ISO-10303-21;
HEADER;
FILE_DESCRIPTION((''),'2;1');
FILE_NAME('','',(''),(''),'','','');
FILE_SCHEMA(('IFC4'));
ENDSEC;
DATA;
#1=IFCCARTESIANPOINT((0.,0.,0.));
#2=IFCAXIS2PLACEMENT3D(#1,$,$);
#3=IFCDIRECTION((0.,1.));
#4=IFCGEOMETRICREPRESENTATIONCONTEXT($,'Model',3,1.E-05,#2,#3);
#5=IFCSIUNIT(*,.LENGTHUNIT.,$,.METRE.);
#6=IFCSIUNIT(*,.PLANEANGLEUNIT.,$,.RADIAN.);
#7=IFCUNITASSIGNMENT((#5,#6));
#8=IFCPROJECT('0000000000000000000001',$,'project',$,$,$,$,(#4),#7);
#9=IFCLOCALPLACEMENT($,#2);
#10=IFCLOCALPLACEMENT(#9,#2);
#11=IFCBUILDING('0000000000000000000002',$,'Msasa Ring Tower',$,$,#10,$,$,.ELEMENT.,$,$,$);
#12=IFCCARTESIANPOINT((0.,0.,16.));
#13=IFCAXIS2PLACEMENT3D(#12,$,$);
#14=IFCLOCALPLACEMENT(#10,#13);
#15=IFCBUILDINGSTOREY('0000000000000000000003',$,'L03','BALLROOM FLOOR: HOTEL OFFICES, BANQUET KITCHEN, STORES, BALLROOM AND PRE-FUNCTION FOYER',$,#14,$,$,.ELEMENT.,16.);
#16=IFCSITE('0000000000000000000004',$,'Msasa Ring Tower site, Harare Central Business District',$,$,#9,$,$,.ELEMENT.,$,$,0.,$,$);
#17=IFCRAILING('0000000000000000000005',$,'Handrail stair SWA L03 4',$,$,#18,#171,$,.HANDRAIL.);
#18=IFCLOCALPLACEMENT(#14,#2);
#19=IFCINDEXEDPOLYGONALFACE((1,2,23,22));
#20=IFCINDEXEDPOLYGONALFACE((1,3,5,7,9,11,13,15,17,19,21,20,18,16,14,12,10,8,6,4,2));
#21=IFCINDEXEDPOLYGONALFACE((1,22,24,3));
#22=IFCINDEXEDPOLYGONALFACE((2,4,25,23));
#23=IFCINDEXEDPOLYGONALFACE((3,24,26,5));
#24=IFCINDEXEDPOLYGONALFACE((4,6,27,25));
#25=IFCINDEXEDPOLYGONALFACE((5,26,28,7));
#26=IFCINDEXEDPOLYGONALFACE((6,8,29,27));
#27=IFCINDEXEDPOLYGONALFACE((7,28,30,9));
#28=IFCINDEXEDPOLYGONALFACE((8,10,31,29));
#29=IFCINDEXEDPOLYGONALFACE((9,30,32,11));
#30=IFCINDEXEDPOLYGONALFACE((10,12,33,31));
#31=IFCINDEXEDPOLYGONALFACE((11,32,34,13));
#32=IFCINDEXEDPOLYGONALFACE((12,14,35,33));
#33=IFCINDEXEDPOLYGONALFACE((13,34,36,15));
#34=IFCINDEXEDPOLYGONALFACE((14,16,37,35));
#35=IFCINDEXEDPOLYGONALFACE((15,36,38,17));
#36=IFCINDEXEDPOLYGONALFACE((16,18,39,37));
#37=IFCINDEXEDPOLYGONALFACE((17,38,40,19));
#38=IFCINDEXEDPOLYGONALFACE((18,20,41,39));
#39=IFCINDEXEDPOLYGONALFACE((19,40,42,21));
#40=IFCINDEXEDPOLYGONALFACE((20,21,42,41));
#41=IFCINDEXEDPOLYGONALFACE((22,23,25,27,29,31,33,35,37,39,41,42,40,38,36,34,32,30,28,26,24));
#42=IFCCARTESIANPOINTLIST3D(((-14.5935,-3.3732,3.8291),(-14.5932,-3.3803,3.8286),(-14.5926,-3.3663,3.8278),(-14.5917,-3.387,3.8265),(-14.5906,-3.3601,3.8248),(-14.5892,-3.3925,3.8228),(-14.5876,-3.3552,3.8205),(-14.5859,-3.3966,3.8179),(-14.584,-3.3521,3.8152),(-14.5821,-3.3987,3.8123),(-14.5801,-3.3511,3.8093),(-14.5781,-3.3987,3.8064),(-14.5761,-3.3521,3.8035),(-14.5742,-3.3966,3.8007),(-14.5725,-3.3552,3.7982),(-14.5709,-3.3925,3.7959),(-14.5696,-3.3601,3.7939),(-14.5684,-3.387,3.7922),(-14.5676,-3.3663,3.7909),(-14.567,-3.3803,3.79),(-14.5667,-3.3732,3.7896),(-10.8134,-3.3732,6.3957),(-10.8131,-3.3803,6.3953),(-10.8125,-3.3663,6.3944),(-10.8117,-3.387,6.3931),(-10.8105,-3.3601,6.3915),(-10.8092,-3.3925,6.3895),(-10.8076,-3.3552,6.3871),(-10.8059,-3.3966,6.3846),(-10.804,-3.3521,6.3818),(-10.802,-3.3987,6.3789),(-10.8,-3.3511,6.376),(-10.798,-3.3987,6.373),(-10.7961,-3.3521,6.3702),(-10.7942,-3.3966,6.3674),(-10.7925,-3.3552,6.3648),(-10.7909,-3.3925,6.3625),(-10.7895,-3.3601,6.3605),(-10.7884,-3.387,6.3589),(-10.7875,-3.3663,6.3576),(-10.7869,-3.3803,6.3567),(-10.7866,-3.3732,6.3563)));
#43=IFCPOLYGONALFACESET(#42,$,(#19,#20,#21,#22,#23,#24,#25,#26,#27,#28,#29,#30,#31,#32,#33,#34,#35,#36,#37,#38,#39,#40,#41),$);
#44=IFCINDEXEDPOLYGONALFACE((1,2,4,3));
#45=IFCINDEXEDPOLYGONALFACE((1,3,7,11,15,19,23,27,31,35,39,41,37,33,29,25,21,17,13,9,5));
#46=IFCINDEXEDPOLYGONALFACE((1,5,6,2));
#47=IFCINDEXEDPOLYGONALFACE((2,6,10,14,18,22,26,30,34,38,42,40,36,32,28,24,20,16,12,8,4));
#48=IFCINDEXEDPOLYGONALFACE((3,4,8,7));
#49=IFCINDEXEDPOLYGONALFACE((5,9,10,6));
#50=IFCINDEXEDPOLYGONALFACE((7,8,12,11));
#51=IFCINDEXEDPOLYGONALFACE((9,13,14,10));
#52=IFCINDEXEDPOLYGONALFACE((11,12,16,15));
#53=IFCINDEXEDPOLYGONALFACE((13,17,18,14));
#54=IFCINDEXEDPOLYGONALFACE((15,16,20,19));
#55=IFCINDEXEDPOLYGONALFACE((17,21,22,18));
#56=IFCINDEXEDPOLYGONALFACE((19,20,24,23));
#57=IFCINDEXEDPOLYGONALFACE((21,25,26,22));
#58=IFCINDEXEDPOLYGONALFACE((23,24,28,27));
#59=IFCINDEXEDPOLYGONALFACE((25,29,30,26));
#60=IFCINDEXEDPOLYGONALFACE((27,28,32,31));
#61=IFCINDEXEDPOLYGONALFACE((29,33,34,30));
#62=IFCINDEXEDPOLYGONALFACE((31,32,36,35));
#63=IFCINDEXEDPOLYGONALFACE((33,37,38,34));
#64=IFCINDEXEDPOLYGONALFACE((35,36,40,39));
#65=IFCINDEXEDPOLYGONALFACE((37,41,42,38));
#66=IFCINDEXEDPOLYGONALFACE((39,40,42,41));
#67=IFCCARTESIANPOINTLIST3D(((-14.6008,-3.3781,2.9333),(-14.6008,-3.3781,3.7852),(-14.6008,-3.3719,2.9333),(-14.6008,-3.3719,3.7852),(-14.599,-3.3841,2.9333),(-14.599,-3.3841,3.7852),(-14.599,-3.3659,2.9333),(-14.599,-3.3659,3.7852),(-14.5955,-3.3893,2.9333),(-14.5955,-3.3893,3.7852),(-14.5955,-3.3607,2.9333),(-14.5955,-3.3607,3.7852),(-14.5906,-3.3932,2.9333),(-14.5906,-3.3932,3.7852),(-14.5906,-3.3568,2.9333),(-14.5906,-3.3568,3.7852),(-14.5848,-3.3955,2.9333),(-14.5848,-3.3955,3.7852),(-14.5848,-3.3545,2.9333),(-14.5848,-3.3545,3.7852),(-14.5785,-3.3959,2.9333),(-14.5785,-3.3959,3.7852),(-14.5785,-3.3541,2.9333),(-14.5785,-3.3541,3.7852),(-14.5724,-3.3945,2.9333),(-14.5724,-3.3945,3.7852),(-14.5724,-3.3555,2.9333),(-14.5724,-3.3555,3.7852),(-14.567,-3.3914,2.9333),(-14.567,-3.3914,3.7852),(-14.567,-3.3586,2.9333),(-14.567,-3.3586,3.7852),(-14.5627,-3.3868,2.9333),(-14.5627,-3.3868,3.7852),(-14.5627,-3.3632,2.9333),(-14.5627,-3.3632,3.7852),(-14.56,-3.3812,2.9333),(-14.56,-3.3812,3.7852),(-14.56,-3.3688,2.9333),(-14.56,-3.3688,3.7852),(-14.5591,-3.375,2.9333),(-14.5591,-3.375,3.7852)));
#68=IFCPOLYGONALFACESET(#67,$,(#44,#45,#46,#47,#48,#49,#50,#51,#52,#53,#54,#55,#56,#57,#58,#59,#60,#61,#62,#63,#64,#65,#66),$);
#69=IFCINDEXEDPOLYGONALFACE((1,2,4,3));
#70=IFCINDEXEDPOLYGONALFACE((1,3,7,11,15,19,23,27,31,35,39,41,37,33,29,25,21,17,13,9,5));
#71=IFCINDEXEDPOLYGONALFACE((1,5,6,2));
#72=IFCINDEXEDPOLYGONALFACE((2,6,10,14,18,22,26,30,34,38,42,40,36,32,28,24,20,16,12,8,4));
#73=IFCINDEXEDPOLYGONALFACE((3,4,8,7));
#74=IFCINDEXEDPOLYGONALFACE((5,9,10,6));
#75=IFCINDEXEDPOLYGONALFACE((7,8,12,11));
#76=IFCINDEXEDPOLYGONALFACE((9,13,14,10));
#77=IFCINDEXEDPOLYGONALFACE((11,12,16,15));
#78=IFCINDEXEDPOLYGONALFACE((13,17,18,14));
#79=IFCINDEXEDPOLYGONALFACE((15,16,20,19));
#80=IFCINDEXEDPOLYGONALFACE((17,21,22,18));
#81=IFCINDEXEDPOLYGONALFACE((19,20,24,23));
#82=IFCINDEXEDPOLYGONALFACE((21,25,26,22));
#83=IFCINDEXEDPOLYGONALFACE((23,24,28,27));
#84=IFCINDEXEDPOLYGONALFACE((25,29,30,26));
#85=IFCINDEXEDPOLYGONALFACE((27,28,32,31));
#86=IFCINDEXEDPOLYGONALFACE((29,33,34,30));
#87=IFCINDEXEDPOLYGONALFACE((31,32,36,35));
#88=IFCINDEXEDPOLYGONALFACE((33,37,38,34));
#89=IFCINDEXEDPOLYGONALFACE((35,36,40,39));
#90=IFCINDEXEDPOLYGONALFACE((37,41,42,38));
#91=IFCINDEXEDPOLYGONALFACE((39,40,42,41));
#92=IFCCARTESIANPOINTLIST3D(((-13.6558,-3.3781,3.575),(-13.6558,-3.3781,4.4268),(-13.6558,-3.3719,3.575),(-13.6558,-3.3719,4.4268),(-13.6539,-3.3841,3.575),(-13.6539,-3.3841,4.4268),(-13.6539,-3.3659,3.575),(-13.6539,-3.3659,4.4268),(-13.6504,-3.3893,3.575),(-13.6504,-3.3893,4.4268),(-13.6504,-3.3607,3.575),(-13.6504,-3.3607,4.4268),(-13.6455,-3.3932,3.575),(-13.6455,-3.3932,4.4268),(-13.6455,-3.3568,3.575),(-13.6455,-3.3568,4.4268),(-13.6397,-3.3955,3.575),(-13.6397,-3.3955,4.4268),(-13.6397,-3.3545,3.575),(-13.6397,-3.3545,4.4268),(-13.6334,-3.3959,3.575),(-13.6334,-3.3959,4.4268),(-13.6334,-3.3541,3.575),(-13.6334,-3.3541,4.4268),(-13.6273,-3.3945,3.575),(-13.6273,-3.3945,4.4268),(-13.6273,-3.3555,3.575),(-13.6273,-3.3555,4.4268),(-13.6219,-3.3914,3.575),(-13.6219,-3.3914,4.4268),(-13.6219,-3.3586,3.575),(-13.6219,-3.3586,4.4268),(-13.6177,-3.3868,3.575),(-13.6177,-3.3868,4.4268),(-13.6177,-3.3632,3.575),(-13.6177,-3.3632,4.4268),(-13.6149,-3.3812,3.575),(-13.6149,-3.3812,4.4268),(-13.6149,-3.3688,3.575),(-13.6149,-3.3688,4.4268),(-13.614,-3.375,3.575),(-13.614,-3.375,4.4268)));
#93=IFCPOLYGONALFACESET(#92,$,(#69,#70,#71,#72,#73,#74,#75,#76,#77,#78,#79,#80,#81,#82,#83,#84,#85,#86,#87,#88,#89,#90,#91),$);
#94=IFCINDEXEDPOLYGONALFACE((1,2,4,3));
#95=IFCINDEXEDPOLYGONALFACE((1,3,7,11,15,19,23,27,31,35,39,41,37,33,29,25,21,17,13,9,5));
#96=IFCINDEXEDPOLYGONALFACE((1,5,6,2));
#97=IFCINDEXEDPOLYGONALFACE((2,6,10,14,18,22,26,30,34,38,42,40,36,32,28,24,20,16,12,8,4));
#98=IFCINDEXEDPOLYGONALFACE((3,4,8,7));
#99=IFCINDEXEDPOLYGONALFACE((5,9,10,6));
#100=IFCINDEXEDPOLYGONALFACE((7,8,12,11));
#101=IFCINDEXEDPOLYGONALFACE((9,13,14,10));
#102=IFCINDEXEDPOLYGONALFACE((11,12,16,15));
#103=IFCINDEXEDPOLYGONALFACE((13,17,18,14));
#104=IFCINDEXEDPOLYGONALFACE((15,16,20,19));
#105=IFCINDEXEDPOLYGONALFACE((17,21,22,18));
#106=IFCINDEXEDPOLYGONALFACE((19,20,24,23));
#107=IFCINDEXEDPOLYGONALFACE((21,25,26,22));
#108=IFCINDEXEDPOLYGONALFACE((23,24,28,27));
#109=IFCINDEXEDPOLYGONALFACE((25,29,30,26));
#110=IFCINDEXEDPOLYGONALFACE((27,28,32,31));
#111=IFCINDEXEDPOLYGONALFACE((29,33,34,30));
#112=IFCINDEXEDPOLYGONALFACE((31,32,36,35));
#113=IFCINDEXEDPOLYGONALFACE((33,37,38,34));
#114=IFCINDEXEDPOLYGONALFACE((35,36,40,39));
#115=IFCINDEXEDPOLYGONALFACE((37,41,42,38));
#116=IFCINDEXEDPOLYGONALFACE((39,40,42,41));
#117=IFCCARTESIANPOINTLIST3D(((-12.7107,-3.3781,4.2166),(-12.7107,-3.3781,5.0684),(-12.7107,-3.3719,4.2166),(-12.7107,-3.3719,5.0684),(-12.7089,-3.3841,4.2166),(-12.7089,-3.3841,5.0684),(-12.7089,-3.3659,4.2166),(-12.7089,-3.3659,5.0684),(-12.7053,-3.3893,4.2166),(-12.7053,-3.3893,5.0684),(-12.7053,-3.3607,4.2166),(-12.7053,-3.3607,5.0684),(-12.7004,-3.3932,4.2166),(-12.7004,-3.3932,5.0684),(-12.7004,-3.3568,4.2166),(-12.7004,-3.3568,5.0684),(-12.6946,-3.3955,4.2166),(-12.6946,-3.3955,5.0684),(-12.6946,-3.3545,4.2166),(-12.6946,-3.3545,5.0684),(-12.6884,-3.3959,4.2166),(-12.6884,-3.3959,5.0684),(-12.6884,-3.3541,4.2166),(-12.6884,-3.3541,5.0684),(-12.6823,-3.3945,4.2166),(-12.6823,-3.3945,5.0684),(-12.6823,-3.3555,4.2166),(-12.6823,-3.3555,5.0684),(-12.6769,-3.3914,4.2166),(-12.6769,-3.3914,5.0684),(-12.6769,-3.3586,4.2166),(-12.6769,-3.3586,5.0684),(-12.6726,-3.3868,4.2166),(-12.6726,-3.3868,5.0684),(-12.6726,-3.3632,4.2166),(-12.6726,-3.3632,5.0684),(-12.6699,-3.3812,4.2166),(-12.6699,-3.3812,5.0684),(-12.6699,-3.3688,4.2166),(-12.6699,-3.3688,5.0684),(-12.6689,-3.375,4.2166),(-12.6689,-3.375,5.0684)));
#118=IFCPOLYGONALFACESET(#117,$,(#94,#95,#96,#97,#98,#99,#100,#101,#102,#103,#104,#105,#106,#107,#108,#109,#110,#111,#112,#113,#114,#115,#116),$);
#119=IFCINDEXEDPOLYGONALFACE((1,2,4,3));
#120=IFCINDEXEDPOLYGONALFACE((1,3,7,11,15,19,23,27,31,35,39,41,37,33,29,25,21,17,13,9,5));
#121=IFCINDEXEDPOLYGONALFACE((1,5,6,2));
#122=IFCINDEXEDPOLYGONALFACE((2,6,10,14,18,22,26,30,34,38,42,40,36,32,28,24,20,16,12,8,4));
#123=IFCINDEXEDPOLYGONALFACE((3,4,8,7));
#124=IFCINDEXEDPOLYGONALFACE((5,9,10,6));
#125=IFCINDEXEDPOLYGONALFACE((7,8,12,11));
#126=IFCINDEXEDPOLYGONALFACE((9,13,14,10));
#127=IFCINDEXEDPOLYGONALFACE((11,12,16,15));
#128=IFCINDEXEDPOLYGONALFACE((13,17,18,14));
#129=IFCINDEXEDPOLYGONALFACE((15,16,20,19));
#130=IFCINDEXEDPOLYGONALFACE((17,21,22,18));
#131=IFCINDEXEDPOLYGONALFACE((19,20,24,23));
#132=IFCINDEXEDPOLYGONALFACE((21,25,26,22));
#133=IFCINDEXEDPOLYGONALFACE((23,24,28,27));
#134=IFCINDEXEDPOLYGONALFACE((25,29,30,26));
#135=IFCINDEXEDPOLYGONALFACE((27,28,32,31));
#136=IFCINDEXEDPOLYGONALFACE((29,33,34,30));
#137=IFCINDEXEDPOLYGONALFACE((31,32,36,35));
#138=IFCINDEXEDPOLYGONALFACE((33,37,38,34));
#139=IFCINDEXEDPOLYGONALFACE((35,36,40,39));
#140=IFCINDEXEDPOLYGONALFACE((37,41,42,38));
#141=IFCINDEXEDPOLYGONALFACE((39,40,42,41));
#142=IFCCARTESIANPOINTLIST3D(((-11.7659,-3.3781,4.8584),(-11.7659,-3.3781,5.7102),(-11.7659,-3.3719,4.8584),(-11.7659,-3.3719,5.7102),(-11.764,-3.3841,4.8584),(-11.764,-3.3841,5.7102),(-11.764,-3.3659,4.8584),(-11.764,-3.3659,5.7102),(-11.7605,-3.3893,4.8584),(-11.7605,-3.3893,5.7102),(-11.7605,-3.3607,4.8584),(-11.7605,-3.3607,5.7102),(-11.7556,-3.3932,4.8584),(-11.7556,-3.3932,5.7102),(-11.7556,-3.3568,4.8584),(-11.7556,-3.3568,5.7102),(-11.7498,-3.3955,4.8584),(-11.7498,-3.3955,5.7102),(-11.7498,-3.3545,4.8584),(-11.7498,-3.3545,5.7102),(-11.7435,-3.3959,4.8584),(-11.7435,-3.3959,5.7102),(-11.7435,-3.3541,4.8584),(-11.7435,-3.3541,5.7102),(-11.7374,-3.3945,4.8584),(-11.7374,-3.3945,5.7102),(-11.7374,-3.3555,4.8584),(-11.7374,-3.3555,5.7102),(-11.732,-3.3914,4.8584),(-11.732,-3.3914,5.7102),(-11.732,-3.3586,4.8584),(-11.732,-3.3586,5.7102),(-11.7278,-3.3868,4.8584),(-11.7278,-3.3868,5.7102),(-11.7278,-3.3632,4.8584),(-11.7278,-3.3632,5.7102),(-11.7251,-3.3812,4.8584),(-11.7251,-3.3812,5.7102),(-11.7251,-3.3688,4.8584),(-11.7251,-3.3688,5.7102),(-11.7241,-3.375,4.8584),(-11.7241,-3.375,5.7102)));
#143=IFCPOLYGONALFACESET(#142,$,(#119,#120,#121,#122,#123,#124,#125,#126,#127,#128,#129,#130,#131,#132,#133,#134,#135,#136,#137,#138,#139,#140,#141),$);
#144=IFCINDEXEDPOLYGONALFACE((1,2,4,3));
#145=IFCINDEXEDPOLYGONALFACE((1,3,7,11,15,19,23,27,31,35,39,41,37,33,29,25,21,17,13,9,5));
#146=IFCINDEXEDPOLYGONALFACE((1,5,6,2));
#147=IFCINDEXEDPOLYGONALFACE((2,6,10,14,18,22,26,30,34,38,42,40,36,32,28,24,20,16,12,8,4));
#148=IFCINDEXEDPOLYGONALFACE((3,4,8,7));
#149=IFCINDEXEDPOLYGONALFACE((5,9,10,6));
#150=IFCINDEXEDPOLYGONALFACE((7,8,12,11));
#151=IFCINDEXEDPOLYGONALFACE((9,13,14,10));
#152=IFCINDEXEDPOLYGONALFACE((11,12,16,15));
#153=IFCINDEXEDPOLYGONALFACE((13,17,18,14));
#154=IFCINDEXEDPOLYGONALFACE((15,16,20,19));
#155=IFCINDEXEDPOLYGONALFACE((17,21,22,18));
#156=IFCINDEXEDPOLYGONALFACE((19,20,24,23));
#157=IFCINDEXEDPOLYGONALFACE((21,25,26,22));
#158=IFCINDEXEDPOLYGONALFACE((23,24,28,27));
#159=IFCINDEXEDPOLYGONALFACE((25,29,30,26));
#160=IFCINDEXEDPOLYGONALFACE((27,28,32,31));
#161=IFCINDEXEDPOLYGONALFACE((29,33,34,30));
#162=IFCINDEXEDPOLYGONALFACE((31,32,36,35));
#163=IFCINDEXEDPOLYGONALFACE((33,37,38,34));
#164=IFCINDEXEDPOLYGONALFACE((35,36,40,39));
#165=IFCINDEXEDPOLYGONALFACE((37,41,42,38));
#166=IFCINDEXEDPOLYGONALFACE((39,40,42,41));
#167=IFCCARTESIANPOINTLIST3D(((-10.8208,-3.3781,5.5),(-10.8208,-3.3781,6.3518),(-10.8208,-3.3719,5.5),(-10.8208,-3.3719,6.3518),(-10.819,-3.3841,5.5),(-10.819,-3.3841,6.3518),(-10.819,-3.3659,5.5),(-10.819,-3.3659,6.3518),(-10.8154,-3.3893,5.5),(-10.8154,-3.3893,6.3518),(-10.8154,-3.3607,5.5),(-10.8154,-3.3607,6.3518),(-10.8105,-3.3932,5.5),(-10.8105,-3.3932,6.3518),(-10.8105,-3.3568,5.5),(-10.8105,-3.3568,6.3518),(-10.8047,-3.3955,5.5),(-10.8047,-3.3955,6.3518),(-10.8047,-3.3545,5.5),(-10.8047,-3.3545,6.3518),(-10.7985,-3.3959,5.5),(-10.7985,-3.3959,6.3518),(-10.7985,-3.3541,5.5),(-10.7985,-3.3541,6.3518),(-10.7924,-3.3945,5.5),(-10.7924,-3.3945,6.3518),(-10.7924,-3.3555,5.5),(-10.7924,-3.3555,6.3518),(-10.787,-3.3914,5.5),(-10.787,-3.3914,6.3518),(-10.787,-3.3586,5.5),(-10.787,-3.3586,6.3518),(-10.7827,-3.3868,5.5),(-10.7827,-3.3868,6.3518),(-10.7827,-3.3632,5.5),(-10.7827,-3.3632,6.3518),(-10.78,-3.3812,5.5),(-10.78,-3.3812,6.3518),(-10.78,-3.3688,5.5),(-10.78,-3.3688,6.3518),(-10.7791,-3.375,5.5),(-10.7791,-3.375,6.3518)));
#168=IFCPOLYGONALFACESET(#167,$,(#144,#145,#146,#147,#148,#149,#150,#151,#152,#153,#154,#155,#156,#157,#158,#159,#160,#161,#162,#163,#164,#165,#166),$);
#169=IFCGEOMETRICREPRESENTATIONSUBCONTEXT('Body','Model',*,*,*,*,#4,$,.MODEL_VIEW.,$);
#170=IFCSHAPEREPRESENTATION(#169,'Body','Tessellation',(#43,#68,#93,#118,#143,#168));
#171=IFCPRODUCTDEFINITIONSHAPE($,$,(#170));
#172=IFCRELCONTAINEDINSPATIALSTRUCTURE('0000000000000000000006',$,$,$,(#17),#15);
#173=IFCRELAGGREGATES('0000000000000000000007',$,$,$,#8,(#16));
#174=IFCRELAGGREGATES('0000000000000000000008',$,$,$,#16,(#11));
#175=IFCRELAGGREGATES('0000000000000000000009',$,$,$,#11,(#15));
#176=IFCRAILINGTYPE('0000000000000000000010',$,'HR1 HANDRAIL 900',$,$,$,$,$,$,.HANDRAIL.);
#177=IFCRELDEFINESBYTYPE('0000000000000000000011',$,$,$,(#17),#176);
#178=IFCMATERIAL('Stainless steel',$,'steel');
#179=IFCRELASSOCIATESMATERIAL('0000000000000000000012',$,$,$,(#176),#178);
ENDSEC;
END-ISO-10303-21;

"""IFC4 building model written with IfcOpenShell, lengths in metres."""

from ifc_helpers import new_model, si_unit, direction, frame, origin, origin_2d, place, context, subcontext, project, spatial, circle, extrude, material, type_object, element, save


model = new_model("IFC4")

# Units and contexts
model_context = context("Model", 3, precision=1e-05, world=origin(), true_north=direction((0.0, 1.0)))
body_context = subcontext(model_context, "Body", "Model", "MODEL_VIEW")
ifc_project = project(units=[si_unit("LENGTHUNIT", "METRE"), si_unit("PLANEANGLEUNIT", "RADIAN")], contexts=[model_context])

# Site, building, storey
site_placement = place(None, origin())
site = spatial("IfcSite", under=ifc_project, at=site_placement, Name="Msasa Ring Tower site, Harare Central Business District", CompositionType="ELEMENT", RefElevation=0.0)
building_placement = place(site_placement, origin())
building = spatial("IfcBuilding", under=site, at=building_placement, Name="Msasa Ring Tower", CompositionType="ELEMENT")
storey_placement = place(building_placement, frame((0.0, 0.0, 16.0)))
storey = spatial("IfcBuildingStorey", under=building, at=storey_placement, Name="L03", Description="BALLROOM FLOOR: HOTEL OFFICES, BANQUET KITCHEN, STORES, BALLROOM AND PRE-FUNCTION FOYER", CompositionType="ELEMENT", Elevation=16.0)

# Railing
ifc_material_1 = material(Name="Stainless steel", Category="steel")
railing_type = type_object("IfcRailingType", Name="HR1 HANDRAIL 900", PredefinedType="HANDRAIL", material=ifc_material_1)
for number, where, name in (
    (1, (-14.5801, -3.375, 2.9333), "Handrail stair SWA L03 4"),
):
    element("IfcRailing", number, at=place(storey_placement, frame(where)), inside=storey, type_object=railing_type, Name=name, PredefinedType="HANDRAIL", context=body_context, shape_type="SweptSolid", body=[
        extrude(circle(Radius=0.0239, at=origin_2d()), frame((0.0, 0.0, 0.876), z_axis=(0.82731, 0.0, 0.561746), x_axis=(0.0, 1.0, 0.0)), (0.0, 0.0, 1.0), 4.5691),
        extrude(circle(Radius=0.021, at=origin_2d()), origin(), (0.0, 0.0, 1.0), 0.8518),
        extrude(circle(Radius=0.021, at=origin_2d()), frame((0.9451, 0.0, 0.6416)), (0.0, 0.0, 1.0), 0.8518),
        extrude(circle(Radius=0.021, at=origin_2d()), frame((1.8901, 0.0, 1.2832)), (0.0, 0.0, 1.0), 0.8518),
        extrude(circle(Radius=0.021, at=origin_2d()), frame((2.835, 0.0, 1.925)), (0.0, 0.0, 1.0), 0.8518),
        extrude(circle(Radius=0.021, at=origin_2d()), frame((3.78, 0.0, 2.5667)), (0.0, 0.0, 1.0), 0.8518),
    ])

save(model, "model.ifc")
